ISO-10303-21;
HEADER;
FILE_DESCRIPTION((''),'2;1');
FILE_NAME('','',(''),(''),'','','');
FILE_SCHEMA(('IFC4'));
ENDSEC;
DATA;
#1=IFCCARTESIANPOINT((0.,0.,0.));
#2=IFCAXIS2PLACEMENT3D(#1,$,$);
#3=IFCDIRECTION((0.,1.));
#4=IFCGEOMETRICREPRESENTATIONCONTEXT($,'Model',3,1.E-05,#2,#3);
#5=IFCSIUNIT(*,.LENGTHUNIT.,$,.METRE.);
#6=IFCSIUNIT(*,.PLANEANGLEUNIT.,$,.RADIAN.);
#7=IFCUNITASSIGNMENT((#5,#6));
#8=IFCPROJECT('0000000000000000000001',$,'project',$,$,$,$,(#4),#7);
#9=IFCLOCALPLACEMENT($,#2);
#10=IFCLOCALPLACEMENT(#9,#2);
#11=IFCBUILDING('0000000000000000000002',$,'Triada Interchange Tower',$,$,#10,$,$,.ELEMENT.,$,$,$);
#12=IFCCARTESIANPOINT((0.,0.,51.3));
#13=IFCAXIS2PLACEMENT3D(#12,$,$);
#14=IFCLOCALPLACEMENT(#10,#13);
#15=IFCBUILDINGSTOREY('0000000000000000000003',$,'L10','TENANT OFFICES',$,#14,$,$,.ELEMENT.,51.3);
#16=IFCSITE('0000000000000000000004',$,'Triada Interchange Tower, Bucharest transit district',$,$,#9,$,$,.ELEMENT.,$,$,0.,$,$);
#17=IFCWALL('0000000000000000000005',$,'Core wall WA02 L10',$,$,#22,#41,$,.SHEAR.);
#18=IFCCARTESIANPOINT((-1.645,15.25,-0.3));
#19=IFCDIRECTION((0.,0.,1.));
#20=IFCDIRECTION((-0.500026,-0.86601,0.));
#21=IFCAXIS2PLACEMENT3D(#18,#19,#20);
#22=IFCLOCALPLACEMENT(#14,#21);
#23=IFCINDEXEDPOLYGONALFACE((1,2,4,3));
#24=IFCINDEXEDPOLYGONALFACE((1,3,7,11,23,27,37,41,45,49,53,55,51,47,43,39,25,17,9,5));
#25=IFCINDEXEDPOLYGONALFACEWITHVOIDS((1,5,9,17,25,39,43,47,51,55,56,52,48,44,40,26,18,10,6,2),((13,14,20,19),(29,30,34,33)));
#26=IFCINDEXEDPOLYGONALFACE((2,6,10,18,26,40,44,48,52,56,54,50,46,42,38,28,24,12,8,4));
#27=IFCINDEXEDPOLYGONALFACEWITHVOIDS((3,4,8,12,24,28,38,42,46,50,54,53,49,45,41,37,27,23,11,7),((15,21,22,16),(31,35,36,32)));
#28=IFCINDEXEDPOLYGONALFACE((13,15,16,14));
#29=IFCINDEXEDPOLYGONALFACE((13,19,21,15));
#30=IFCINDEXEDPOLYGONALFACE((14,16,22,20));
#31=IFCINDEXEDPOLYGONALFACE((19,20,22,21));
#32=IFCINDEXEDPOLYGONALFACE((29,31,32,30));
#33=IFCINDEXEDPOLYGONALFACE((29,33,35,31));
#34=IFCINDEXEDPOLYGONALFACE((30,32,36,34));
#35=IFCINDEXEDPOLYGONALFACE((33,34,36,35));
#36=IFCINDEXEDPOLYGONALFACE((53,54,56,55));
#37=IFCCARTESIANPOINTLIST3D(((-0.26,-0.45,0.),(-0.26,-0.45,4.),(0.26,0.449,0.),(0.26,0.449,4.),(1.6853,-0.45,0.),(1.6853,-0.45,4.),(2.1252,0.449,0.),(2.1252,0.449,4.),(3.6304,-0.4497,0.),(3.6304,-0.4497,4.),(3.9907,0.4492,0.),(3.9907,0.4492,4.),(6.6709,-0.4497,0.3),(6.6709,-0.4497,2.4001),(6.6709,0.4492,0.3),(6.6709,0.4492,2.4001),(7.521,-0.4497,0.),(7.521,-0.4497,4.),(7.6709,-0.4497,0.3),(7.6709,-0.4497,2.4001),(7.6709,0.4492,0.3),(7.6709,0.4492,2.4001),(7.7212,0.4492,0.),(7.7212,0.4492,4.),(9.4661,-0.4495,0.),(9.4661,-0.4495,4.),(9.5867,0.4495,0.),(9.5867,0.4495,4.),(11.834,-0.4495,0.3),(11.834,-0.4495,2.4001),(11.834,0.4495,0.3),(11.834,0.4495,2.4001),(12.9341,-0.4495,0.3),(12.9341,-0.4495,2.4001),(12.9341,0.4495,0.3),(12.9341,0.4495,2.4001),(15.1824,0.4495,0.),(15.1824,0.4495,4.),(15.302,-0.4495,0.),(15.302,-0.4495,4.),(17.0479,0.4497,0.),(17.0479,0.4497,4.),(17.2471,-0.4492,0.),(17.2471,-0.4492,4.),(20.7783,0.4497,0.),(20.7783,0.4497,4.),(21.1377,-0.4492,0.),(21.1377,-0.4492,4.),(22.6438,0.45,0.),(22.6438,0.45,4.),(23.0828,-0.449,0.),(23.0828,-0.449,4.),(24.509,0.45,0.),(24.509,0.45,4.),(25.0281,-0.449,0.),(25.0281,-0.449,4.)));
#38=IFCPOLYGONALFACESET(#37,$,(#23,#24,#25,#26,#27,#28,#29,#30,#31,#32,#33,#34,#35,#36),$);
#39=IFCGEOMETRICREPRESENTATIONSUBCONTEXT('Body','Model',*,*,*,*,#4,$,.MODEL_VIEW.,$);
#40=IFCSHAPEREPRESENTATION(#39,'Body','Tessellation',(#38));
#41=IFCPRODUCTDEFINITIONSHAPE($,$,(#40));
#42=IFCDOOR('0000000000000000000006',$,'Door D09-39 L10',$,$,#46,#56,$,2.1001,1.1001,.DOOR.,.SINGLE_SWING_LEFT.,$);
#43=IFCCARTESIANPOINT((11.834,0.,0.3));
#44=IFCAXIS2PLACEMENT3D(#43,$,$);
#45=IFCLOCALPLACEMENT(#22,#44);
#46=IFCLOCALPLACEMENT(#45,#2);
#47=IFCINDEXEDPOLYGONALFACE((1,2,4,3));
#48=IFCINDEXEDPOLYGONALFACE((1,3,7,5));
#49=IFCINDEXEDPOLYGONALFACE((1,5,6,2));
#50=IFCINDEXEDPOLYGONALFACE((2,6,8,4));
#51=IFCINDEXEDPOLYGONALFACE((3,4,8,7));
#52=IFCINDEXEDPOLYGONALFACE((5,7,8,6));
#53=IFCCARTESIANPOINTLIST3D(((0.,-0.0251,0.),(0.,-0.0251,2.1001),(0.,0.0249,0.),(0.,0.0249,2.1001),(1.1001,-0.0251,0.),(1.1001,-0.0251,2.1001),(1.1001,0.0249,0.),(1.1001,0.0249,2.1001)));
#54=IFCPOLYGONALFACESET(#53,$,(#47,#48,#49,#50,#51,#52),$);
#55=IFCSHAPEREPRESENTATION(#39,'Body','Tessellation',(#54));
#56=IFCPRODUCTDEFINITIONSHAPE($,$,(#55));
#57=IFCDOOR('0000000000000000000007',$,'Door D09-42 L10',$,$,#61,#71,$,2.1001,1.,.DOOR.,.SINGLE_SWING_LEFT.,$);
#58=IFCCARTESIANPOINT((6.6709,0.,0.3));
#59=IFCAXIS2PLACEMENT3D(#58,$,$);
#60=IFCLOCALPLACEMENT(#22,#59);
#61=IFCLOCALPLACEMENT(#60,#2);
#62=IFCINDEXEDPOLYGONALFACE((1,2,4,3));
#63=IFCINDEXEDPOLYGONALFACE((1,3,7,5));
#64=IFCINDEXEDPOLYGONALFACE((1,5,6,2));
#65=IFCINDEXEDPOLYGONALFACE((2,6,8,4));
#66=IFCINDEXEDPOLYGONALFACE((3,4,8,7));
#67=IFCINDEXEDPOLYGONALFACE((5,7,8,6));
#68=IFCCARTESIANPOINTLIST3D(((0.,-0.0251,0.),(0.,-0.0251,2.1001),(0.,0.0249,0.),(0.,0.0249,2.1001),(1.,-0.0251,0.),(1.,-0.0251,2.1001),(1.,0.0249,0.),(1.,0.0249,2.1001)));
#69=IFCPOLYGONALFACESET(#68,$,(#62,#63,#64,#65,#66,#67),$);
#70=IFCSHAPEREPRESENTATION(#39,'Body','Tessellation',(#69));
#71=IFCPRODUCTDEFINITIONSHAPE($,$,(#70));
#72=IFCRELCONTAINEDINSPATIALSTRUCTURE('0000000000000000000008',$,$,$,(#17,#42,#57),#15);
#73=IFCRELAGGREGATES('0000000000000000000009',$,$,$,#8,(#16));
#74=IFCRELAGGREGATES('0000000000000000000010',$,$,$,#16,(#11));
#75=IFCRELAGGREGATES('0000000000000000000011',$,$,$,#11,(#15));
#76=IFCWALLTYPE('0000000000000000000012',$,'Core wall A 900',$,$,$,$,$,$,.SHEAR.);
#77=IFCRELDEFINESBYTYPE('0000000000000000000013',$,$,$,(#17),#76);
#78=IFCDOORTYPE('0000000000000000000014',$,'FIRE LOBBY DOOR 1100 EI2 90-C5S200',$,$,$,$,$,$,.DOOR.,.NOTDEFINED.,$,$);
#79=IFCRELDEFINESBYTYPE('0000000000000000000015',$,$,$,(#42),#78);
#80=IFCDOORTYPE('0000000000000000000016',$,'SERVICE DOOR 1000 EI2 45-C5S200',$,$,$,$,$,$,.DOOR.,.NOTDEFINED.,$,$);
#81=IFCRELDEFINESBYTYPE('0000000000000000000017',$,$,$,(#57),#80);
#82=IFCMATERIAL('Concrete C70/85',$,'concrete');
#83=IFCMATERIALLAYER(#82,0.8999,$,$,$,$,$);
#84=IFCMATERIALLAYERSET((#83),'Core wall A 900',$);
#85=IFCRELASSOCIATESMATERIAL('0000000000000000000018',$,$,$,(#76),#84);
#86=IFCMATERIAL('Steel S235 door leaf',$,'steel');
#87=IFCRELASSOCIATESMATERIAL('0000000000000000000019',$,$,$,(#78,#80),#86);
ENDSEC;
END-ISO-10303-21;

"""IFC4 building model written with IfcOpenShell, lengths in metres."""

from ifc_helpers import new_model, si_unit, direction, frame, frame_2d, origin, place, context, subcontext, project, spatial, polyline, rectangle, outline, extrude, material, layer, layer_set, type_object, element, fill, save


model = new_model("IFC4")

# Units and contexts
model_context = context("Model", 3, precision=1e-05, world=origin(), true_north=direction((0.0, 1.0)))
body_context = subcontext(model_context, "Body", "Model", "MODEL_VIEW")
ifc_project = project(units=[si_unit("LENGTHUNIT", "METRE"), si_unit("PLANEANGLEUNIT", "RADIAN")], contexts=[model_context])

# Site, building, storey
site_placement = place(None, origin())
site = spatial("IfcSite", under=ifc_project, at=site_placement, Name="Triada Interchange Tower, Bucharest transit district", CompositionType="ELEMENT", RefElevation=0.0)
building_placement = place(site_placement, origin())
building = spatial("IfcBuilding", under=site, at=building_placement, Name="Triada Interchange Tower", CompositionType="ELEMENT")
storey_placement = place(building_placement, frame((0.0, 0.0, 51.3)))
storey = spatial("IfcBuildingStorey", under=building, at=storey_placement, Name="L10", Description="TENANT OFFICES", CompositionType="ELEMENT", Elevation=51.3)

# Shared definitions
ifc_material_1 = material(Name="Concrete C70/85", Category="concrete")

# Wall, openings, doors
ifc_layer_1 = layer(ifc_material_1, 0.8999)
ifc_layer_set_1 = layer_set([ifc_layer_1], Name="Core wall A 900")
wall_type_1 = type_object("IfcWallType", Name="Core wall A 900", PredefinedType="SHEAR", material=ifc_layer_set_1)
wall_1_placement = place(storey_placement, frame((-1.645, 15.25, -0.3), z_axis=(0.0, 0.0, 1.0), x_axis=(-0.500026, -0.86601, 0.0)))
wall_1 = element("IfcWall", 1, at=wall_1_placement, inside=storey, type_object=wall_type_1, Name="Core wall WA02 L10", PredefinedType="SHEAR", context=body_context, shape_type="SweptSolid", body=[
    extrude(outline(polyline([(-0.26, -0.45), (1.6853, -0.45), (3.6304, -0.4497), (5.5757, -0.4497), (7.521, -0.4497), (9.4661, -0.4495), (11.4114, -0.4495), (13.3567, -0.4495), (15.302, -0.4495), (17.2471, -0.4492), (19.1924, -0.4492), (21.1377, -0.4492), (23.0828, -0.449), (25.0281, -0.449), (24.509, 0.45), (22.6438, 0.45), (20.7783, 0.4497), (18.9131, 0.4497), (17.0479, 0.4497), (15.1824, 0.4495), (13.3171, 0.4495), (11.4519, 0.4495), (9.5867, 0.4495), (7.7212, 0.4492), (5.856, 0.4492), (3.9907, 0.4492), (2.1252, 0.449), (0.26, 0.449), (-0.26, -0.45)])), origin(), (0.0, 0.0, 1.0), 4.0),
])
opening_1_placement = place(wall_1_placement, frame((11.834, 0.0, 0.3)))
opening_1 = element("IfcOpeningElement", 2, at=opening_1_placement, cuts=wall_1, PredefinedType="OPENING", context=body_context, shape_type="SweptSolid", body=[
    extrude(rectangle(XDim=1.1001, YDim=2.1001, at=frame_2d((0.55, 1.05))), frame((0.0, 0.46, 0.0), z_axis=(0.0, -1.0, 0.0), x_axis=(1.0, 0.0, 0.0)), (0.0, 0.0, 1.0), 0.9199),
])
opening_2_placement = place(wall_1_placement, frame((6.6709, 0.0, 0.3)))
opening_2 = element("IfcOpeningElement", 3, at=opening_2_placement, cuts=wall_1, PredefinedType="OPENING", context=body_context, shape_type="SweptSolid", body=[
    extrude(rectangle(XDim=1.0, YDim=2.1001, at=frame_2d((0.5, 1.05))), frame((0.0, 0.46, 0.0), z_axis=(0.0, -1.0, 0.0), x_axis=(1.0, 0.0, 0.0)), (0.0, 0.0, 1.0), 0.9199),
])
ifc_material_2 = material(Name="Steel S235 door leaf", Category="steel")
door_type_1 = type_object("IfcDoorType", Name="FIRE LOBBY DOOR 1100 EI2 90-C5S200", OperationType="NOTDEFINED", PredefinedType="DOOR", material=ifc_material_2)
door_1_placement = place(opening_1_placement, origin())
door_1 = element("IfcDoor", 4, at=door_1_placement, inside=storey, type_object=door_type_1, Name="Door D09-39 L10", OperationType="SINGLE_SWING_LEFT", OverallHeight=2.1001, OverallWidth=1.1001, PredefinedType="DOOR", context=body_context, shape_type="SweptSolid", body=[
    extrude(rectangle(XDim=1.1001, YDim=2.1001, at=frame_2d((0.55, 1.05))), frame((0.0, 0.0249, 0.0), z_axis=(0.0, -1.0, 0.0), x_axis=(1.0, 0.0, 0.0)), (0.0, 0.0, 1.0), 0.05),
])
fill(opening_1, door_1)
door_type_2 = type_object("IfcDoorType", Name="SERVICE DOOR 1000 EI2 45-C5S200", OperationType="NOTDEFINED", PredefinedType="DOOR", material=ifc_material_2)
door_2_placement = place(opening_2_placement, origin())
door_2 = element("IfcDoor", 5, at=door_2_placement, inside=storey, type_object=door_type_2, Name="Door D09-42 L10", OperationType="SINGLE_SWING_LEFT", OverallHeight=2.1001, OverallWidth=1.0, PredefinedType="DOOR", context=body_context, shape_type="SweptSolid", body=[
    extrude(rectangle(XDim=1.0, YDim=2.1001, at=frame_2d((0.5, 1.05))), frame((0.0, 0.0249, 0.0), z_axis=(0.0, -1.0, 0.0), x_axis=(1.0, 0.0, 0.0)), (0.0, 0.0, 1.0), 0.05),
])
fill(opening_2, door_2)

save(model, "model.ifc")
